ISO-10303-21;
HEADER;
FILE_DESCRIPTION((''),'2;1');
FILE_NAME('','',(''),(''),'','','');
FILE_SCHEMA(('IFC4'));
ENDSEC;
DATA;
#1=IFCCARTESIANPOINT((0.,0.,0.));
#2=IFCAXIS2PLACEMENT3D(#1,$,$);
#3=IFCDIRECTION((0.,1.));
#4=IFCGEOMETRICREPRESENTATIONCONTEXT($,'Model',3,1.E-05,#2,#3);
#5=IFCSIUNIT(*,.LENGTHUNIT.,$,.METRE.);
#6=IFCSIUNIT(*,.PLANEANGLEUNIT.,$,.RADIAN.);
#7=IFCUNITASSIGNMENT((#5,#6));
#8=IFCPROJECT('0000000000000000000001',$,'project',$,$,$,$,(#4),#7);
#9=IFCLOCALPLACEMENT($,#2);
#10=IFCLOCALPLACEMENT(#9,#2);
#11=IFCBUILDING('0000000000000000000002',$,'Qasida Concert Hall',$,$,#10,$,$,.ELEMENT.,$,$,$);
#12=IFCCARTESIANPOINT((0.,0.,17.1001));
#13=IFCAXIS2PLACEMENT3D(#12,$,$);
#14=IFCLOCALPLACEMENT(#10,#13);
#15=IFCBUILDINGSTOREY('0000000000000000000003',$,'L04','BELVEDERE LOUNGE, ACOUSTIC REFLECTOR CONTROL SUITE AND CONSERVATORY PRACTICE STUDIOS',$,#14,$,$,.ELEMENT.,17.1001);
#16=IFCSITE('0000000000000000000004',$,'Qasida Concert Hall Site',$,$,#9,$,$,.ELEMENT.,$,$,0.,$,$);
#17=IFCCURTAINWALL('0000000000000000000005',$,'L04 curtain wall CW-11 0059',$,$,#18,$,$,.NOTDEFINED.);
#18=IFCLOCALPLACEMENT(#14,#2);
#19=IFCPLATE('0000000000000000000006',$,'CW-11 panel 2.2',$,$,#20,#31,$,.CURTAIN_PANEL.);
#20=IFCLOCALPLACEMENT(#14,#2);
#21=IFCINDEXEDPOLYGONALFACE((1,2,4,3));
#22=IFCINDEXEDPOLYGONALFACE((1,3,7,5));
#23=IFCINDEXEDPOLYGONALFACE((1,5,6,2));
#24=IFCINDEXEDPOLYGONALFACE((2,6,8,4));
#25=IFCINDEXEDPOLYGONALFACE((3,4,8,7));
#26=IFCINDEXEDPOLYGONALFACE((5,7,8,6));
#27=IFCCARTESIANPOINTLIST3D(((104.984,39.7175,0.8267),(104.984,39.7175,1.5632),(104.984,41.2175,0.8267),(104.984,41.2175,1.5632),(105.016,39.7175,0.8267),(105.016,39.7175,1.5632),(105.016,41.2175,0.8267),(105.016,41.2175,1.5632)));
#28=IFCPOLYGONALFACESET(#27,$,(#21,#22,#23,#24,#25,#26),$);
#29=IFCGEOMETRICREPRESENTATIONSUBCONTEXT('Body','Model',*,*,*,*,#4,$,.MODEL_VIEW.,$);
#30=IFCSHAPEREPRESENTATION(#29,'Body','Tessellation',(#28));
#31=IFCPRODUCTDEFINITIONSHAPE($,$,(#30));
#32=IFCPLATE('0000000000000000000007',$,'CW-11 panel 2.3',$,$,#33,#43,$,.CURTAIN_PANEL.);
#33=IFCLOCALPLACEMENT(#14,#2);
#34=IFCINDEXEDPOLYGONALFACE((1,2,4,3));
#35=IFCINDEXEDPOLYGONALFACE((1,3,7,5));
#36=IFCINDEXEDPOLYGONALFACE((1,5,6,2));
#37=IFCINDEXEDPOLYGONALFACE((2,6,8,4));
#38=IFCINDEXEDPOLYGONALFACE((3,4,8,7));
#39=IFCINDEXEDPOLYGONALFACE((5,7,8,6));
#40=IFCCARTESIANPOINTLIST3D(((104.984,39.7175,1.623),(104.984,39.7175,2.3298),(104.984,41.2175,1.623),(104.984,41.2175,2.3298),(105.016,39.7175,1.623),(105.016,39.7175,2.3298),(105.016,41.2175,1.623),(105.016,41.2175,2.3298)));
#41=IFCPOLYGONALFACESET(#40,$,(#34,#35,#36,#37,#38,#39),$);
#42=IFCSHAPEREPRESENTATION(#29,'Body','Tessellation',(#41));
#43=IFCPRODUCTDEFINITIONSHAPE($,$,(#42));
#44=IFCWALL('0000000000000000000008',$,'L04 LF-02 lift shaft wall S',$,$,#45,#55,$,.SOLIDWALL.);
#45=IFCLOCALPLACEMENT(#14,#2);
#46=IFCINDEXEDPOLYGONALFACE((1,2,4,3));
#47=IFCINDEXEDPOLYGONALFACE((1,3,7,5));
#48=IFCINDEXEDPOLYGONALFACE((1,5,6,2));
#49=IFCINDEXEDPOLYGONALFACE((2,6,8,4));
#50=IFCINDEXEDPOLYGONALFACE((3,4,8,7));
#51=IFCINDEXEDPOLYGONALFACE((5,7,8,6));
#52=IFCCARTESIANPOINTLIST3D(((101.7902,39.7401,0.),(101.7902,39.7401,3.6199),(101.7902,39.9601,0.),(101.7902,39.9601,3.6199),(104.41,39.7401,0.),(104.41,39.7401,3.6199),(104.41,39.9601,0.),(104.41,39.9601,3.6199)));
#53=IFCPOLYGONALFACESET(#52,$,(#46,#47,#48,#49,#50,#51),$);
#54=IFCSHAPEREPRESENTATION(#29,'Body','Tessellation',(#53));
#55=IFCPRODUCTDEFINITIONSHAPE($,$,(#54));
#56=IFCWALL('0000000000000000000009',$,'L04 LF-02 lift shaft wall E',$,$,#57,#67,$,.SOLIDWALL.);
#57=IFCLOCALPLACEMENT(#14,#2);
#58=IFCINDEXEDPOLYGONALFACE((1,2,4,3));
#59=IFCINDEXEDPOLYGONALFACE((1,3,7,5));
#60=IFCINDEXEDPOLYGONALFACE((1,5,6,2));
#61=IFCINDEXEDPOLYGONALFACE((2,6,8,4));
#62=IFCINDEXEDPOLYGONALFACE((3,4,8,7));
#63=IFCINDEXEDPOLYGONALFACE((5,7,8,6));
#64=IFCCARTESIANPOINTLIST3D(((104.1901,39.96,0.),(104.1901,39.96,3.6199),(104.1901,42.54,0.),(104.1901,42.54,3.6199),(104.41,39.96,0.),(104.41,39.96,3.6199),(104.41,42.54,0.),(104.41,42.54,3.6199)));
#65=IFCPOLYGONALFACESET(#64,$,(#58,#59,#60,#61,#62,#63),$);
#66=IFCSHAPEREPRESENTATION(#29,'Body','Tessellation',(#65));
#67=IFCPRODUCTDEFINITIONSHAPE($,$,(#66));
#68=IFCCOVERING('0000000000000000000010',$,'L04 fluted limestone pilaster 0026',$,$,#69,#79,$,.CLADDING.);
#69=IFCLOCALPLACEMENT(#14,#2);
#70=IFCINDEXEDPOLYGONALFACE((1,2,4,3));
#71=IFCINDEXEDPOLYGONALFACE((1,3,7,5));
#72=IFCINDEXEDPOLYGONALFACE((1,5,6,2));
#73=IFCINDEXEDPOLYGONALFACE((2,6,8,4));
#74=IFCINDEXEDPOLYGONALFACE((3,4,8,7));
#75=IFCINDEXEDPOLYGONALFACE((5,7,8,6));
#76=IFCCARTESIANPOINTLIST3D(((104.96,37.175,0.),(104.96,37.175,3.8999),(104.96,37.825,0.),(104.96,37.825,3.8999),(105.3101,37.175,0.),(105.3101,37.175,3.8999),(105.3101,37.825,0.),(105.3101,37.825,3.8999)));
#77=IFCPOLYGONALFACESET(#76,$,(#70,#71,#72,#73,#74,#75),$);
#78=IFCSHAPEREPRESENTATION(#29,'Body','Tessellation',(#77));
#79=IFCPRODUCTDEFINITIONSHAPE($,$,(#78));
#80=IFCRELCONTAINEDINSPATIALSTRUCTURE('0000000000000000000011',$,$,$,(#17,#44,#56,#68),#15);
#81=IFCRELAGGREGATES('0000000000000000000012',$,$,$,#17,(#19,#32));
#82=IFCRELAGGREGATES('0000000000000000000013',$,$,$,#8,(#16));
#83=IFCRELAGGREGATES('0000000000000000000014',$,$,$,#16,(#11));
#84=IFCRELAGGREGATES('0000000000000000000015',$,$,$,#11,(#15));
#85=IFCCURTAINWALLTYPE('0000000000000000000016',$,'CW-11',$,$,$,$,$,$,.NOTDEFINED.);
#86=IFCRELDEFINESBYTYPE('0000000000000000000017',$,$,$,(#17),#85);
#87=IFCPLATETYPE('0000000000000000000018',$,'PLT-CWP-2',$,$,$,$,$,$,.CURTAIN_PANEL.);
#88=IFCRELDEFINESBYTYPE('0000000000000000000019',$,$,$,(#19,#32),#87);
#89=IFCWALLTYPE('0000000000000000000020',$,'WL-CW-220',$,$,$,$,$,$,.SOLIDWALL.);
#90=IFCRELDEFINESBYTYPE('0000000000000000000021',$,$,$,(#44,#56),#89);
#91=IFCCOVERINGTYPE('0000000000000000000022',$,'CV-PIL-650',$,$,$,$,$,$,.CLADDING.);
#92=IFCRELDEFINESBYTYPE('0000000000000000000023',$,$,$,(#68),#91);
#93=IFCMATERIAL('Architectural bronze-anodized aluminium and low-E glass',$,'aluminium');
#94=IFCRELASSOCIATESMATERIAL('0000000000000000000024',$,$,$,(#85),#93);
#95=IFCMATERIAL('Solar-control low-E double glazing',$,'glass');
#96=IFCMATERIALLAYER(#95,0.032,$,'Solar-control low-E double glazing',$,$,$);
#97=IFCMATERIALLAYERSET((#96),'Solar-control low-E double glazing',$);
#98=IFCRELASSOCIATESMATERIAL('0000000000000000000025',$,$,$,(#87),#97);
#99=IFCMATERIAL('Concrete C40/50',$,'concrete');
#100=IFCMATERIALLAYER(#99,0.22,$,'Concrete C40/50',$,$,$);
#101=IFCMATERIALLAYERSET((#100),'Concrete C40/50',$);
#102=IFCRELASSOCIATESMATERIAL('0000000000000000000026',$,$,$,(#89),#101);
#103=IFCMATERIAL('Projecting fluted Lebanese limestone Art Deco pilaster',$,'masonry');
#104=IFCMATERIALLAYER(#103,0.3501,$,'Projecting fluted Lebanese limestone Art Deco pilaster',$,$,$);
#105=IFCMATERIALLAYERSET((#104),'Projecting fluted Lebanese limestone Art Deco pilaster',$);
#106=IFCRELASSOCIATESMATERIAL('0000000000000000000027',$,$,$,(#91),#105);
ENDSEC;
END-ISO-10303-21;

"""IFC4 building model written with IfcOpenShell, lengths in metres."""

from ifc_helpers import new_model, si_unit, direction, frame, frame_2d, origin, origin_2d, place, context, subcontext, project, spatial, rectangle, extrude, material, layer, layer_set, type_object, element, aggregate, save


model = new_model("IFC4")

# Units and contexts
model_context = context("Model", 3, precision=1e-05, world=origin(), true_north=direction((0.0, 1.0)))
body_context = subcontext(model_context, "Body", "Model", "MODEL_VIEW")
ifc_project = project(units=[si_unit("LENGTHUNIT", "METRE"), si_unit("PLANEANGLEUNIT", "RADIAN")], contexts=[model_context])

# Site, building, storey
site_placement = place(None, origin())
site = spatial("IfcSite", under=ifc_project, at=site_placement, Name="Qasida Concert Hall Site", CompositionType="ELEMENT", RefElevation=0.0)
building_placement = place(site_placement, origin())
building = spatial("IfcBuilding", under=site, at=building_placement, Name="Qasida Concert Hall", CompositionType="ELEMENT")
storey_placement = place(building_placement, frame((0.0, 0.0, 17.1001)))
storey = spatial("IfcBuildingStorey", under=building, at=storey_placement, Name="L04", Description="BELVEDERE LOUNGE, ACOUSTIC REFLECTOR CONTROL SUITE AND CONSERVATORY PRACTICE STUDIOS", CompositionType="ELEMENT", Elevation=17.1001)

# Shared definitions
ifc_material_1 = material(Name="Concrete C40/50", Category="concrete")

# Curtain wall, plates
ifc_material_2 = material(Name="Architectural bronze-anodized aluminium and low-E glass", Category="aluminium")
curtain_wall_type = type_object("IfcCurtainWallType", Name="CW-11", PredefinedType="NOTDEFINED", material=ifc_material_2)
curtain_wall_placement = place(storey_placement, origin())
curtain_wall = element("IfcCurtainWall", 1, at=curtain_wall_placement, inside=storey, type_object=curtain_wall_type, Name="L04 curtain wall CW-11 0059", PredefinedType="NOTDEFINED")
ifc_material_3 = material(Name="Solar-control low-E double glazing", Category="glass")
ifc_layer_1 = layer(ifc_material_3, 0.032, Name="Solar-control low-E double glazing")
ifc_layer_set_1 = layer_set([ifc_layer_1], Name="Solar-control low-E double glazing")
plate_type = type_object("IfcPlateType", Name="PLT-CWP-2", PredefinedType="CURTAIN_PANEL", material=ifc_layer_set_1)
plate_1_placement = place(storey_placement, frame((105.0, 40.4675, 0.8267), z_axis=(0.0, 0.0, 1.0), x_axis=(0.0, 1.0, 0.0)))
plate_1 = element("IfcPlate", 2, at=plate_1_placement, type_object=plate_type, Name="CW-11 panel 2.2", PredefinedType="CURTAIN_PANEL", context=body_context, shape_type="SweptSolid", body=[
    extrude(rectangle(XDim=1.5, YDim=0.032, at=origin_2d()), origin(), (0.0, 0.0, 1.0), 0.7366),
])
plate_2_placement = place(storey_placement, frame((105.0, 40.4675, 1.623), z_axis=(0.0, 0.0, 1.0), x_axis=(0.0, 1.0, 0.0)))
plate_2 = element("IfcPlate", 3, at=plate_2_placement, type_object=plate_type, Name="CW-11 panel 2.3", PredefinedType="CURTAIN_PANEL", context=body_context, shape_type="SweptSolid", body=[
    extrude(rectangle(XDim=1.5, YDim=0.032, at=origin_2d()), origin(), (0.0, 0.0, 1.0), 0.7068),
])
aggregate(curtain_wall, [plate_1, plate_2])

# Wall
ifc_layer_2 = layer(ifc_material_1, 0.22, Name="Concrete C40/50")
ifc_layer_set_2 = layer_set([ifc_layer_2], Name="Concrete C40/50")
wall_type = type_object("IfcWallType", Name="WL-CW-220", PredefinedType="SOLIDWALL", material=ifc_layer_set_2)
wall_1_placement = place(storey_placement, frame((101.79, 39.8501, 0.0), z_axis=(0.0, 0.0, 1.0), x_axis=(1.0, 0.0, 0.0)))
element("IfcWall", 4, at=wall_1_placement, inside=storey, type_object=wall_type, Name="L04 LF-02 lift shaft wall S", PredefinedType="SOLIDWALL", context=body_context, shape_type="SweptSolid", body=[
    extrude(rectangle(XDim=2.6199, YDim=0.22, at=frame_2d((1.3101, 0.0))), origin(), (0.0, 0.0, 1.0), 3.6199),
])

# Wall
wall_2_placement = place(storey_placement, frame((104.3, 39.96, 0.0), z_axis=(0.0, 0.0, 1.0), x_axis=(0.0, 1.0, 0.0)))
element("IfcWall", 5, at=wall_2_placement, inside=storey, type_object=wall_type, Name="L04 LF-02 lift shaft wall E", PredefinedType="SOLIDWALL", context=body_context, shape_type="SweptSolid", body=[
    extrude(rectangle(XDim=2.5801, YDim=0.22, at=frame_2d((1.29, 0.0))), origin(), (0.0, 0.0, 1.0), 3.6199),
])

# Covering
ifc_material_4 = material(Name="Projecting fluted Lebanese limestone Art Deco pilaster", Category="masonry")
ifc_layer_3 = layer(ifc_material_4, 0.3501, Name="Projecting fluted Lebanese limestone Art Deco pilaster")
ifc_layer_set_3 = layer_set([ifc_layer_3], Name="Projecting fluted Lebanese limestone Art Deco pilaster")
covering_type = type_object("IfcCoveringType", Name="CV-PIL-650", PredefinedType="CLADDING", material=ifc_layer_set_3)
covering_placement = place(storey_placement, frame((105.135, 37.5, 0.0), z_axis=(0.0, 0.0, 1.0), x_axis=(1.0, 0.0, 0.0)))
element("IfcCovering", 6, at=covering_placement, inside=storey, type_object=covering_type, Name="L04 fluted limestone pilaster 0026", PredefinedType="CLADDING", context=body_context, shape_type="SweptSolid", body=[
    extrude(rectangle(XDim=0.3501, YDim=0.6499, at=origin_2d()), origin(), (0.0, 0.0, 1.0), 3.8999),
])

save(model, "model.ifc")
